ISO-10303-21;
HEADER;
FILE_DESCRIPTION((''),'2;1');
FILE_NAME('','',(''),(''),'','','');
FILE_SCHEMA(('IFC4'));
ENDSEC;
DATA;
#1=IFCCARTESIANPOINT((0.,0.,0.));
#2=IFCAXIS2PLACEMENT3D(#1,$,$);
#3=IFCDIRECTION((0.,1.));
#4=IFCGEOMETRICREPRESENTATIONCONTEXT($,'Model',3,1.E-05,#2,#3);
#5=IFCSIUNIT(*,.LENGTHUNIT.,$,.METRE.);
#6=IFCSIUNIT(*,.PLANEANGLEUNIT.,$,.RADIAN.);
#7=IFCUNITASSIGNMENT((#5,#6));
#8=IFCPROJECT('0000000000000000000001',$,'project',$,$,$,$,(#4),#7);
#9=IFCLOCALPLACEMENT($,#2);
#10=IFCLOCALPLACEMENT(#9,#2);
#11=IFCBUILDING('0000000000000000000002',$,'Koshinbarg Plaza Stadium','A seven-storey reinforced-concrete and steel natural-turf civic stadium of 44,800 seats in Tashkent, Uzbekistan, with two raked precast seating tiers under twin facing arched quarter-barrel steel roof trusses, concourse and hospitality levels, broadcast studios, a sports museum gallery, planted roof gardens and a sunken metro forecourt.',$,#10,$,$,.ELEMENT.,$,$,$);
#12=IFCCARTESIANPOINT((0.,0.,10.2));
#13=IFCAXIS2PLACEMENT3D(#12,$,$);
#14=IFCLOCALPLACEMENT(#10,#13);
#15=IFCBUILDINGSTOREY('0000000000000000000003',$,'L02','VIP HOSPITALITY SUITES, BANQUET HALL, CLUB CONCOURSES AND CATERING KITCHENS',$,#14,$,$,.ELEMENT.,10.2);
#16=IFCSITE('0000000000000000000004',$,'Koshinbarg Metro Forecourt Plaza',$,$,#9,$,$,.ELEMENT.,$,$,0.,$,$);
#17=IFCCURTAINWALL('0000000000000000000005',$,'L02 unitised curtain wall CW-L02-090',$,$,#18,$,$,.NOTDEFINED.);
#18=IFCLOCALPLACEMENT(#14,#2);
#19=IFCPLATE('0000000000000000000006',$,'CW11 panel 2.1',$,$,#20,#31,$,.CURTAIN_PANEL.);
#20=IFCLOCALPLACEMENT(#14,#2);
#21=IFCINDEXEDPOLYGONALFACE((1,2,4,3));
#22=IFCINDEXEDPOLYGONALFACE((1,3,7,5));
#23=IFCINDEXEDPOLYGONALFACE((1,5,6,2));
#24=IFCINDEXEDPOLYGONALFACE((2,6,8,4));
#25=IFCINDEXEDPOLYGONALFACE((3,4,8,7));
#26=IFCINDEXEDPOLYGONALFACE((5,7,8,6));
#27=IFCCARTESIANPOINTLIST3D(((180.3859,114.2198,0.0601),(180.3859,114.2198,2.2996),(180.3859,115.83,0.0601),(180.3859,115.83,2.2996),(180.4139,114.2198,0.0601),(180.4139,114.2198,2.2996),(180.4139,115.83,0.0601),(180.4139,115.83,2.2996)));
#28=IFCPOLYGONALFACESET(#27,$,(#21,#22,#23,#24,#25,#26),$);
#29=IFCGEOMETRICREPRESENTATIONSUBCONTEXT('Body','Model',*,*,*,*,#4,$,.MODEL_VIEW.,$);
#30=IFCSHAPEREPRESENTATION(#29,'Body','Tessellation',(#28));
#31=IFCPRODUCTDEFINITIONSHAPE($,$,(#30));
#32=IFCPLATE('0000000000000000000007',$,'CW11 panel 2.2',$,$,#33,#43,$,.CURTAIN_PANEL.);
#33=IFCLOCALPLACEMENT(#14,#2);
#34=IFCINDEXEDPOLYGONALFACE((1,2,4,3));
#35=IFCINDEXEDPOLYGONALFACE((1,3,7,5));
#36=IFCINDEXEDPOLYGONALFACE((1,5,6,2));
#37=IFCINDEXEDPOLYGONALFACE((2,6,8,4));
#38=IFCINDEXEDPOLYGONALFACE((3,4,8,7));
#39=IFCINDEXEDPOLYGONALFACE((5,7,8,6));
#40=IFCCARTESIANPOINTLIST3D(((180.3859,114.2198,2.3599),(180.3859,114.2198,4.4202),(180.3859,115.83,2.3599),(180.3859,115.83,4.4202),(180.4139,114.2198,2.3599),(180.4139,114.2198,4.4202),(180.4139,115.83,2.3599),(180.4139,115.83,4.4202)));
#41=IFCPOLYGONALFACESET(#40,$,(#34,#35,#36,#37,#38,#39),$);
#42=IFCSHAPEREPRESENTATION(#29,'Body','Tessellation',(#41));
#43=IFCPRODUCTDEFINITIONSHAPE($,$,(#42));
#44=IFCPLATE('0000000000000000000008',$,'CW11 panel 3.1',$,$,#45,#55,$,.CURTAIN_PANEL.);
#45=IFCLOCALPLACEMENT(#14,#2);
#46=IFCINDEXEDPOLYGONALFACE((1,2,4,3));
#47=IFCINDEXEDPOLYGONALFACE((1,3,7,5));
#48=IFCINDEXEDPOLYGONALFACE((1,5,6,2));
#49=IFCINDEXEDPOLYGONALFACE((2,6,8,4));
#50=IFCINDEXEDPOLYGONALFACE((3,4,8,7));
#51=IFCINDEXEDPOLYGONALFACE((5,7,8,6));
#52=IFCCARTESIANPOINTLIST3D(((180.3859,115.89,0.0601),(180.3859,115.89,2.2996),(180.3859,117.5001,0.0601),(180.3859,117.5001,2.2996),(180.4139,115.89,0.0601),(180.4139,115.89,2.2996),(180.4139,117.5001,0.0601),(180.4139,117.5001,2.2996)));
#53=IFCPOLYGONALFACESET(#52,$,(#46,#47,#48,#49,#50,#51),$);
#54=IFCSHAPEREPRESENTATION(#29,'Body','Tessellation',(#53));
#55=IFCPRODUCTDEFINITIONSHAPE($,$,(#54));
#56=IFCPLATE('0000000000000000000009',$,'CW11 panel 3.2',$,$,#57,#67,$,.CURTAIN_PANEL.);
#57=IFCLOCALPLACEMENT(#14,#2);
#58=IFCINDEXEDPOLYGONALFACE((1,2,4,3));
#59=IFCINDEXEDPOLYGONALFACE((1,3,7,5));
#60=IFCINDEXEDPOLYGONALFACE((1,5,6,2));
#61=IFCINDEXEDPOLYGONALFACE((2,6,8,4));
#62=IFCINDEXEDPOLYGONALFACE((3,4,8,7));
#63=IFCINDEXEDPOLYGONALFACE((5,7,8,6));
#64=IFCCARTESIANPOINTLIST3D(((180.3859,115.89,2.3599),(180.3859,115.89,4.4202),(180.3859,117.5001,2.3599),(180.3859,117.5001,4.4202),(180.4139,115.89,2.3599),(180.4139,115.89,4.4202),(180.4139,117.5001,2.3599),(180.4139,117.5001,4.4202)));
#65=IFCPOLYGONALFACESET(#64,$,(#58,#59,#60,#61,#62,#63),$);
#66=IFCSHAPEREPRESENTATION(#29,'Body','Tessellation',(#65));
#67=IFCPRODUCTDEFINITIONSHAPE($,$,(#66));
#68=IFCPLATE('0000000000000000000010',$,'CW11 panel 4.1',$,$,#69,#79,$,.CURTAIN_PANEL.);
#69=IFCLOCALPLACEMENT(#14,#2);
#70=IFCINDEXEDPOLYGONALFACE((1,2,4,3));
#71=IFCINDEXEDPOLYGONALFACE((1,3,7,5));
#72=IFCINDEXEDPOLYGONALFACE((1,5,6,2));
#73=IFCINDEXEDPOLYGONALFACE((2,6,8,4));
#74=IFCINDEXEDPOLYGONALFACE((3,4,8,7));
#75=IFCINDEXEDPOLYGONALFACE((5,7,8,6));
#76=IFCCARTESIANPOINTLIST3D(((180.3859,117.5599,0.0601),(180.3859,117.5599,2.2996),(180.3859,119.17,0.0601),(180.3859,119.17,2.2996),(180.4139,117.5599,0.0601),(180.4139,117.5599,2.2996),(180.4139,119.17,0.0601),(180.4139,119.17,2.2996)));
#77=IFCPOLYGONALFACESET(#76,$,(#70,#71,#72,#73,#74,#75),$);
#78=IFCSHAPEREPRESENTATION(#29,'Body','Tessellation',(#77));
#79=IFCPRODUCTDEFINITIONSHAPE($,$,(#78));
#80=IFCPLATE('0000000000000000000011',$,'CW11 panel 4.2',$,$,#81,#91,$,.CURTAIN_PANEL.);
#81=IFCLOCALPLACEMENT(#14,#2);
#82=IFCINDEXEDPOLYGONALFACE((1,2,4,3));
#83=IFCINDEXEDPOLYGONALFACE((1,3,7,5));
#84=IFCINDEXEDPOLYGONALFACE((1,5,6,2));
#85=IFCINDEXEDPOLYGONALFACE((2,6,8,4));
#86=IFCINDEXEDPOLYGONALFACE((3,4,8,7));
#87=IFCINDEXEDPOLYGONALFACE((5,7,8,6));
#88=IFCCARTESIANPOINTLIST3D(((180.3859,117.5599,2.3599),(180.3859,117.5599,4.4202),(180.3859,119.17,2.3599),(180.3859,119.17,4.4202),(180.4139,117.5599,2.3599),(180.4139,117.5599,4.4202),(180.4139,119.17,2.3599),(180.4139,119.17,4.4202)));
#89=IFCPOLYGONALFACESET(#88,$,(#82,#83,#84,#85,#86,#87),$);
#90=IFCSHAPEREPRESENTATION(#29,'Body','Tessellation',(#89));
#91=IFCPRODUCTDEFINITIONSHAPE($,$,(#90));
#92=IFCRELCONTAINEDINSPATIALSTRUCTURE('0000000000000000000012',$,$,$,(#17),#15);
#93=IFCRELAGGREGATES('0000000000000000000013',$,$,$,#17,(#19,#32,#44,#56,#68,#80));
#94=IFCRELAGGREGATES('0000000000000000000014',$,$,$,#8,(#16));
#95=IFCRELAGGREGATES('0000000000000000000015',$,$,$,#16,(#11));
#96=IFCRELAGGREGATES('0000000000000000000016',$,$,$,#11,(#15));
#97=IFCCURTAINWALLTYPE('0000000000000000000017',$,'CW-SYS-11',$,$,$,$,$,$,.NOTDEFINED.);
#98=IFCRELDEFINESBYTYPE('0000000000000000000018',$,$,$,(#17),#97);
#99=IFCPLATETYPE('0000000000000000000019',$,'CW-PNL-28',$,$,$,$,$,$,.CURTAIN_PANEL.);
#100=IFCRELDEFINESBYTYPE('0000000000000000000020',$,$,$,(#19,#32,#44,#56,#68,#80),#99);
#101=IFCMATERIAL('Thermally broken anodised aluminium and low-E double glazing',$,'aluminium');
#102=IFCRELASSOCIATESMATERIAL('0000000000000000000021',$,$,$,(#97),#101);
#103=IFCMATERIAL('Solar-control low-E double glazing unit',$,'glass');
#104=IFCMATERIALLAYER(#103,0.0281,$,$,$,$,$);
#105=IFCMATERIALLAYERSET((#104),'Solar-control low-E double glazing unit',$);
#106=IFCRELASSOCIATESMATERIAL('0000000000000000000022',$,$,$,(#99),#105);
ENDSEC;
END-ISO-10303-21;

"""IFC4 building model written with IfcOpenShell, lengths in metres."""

from ifc_helpers import new_model, si_unit, direction, frame, origin, origin_2d, place, context, subcontext, project, spatial, rectangle, extrude, material, layer, layer_set, type_object, element, aggregate, save


model = new_model("IFC4")

# Units and contexts
model_context = context("Model", 3, precision=1e-05, world=origin(), true_north=direction((0.0, 1.0)))
body_context = subcontext(model_context, "Body", "Model", "MODEL_VIEW")
ifc_project = project(units=[si_unit("LENGTHUNIT", "METRE"), si_unit("PLANEANGLEUNIT", "RADIAN")], contexts=[model_context])

# Site, building, storey
site_placement = place(None, origin())
site = spatial("IfcSite", under=ifc_project, at=site_placement, Name="Koshinbarg Metro Forecourt Plaza", CompositionType="ELEMENT", RefElevation=0.0)
building_placement = place(site_placement, origin())
building = spatial("IfcBuilding", under=site, at=building_placement, Name="Koshinbarg Plaza Stadium", Description="A seven-storey reinforced-concrete and steel natural-turf civic stadium of 44,800 seats in Tashkent, Uzbekistan, with two raked precast seating tiers under twin facing arched quarter-barrel steel roof trusses, concourse and hospitality levels, broadcast studios, a sports museum gallery, planted roof gardens and a sunken metro forecourt.", CompositionType="ELEMENT")
storey_placement = place(building_placement, frame((0.0, 0.0, 10.2)))
storey = spatial("IfcBuildingStorey", under=building, at=storey_placement, Name="L02", Description="VIP HOSPITALITY SUITES, BANQUET HALL, CLUB CONCOURSES AND CATERING KITCHENS", CompositionType="ELEMENT", Elevation=10.2)

# Curtain wall
ifc_material_1 = material(Name="Thermally broken anodised aluminium and low-E double glazing", Category="aluminium")
curtain_wall_type = type_object("IfcCurtainWallType", Name="CW-SYS-11", PredefinedType="NOTDEFINED", material=ifc_material_1)
curtain_wall_placement = place(storey_placement, origin())
curtain_wall = element("IfcCurtainWall", 1, at=curtain_wall_placement, inside=storey, type_object=curtain_wall_type, Name="L02 unitised curtain wall CW-L02-090", PredefinedType="NOTDEFINED")

# Plates
ifc_material_2 = material(Name="Solar-control low-E double glazing unit", Category="glass")
ifc_layer = layer(ifc_material_2, 0.0281)
ifc_layer_set = layer_set([ifc_layer], Name="Solar-control low-E double glazing unit")
plate_type = type_object("IfcPlateType", Name="CW-PNL-28", PredefinedType="CURTAIN_PANEL", material=ifc_layer_set)
plate_1_placement = place(storey_placement, frame((180.3999, 115.0249, 0.0601), z_axis=(0.0, 0.0, 1.0), x_axis=(0.0, 1.0, 0.0)))
plate_1 = element("IfcPlate", 2, at=plate_1_placement, type_object=plate_type, Name="CW11 panel 2.1", PredefinedType="CURTAIN_PANEL", context=body_context, shape_type="SweptSolid", body=[
    extrude(rectangle(XDim=1.6101, YDim=0.0281, at=origin_2d()), origin(), (0.0, 0.0, 1.0), 2.2395),
])
plate_2_placement = place(storey_placement, frame((180.3999, 115.0249, 2.3599), z_axis=(0.0, 0.0, 1.0), x_axis=(0.0, 1.0, 0.0)))
plate_2 = element("IfcPlate", 3, at=plate_2_placement, type_object=plate_type, Name="CW11 panel 2.2", PredefinedType="CURTAIN_PANEL", context=body_context, shape_type="SweptSolid", body=[
    extrude(rectangle(XDim=1.6101, YDim=0.0281, at=origin_2d()), origin(), (0.0, 0.0, 1.0), 2.0603),
])
plate_3_placement = place(storey_placement, frame((180.3999, 116.6951, 0.0601), z_axis=(0.0, 0.0, 1.0), x_axis=(0.0, 1.0, 0.0)))
plate_3 = element("IfcPlate", 4, at=plate_3_placement, type_object=plate_type, Name="CW11 panel 3.1", PredefinedType="CURTAIN_PANEL", context=body_context, shape_type="SweptSolid", body=[
    extrude(rectangle(XDim=1.6101, YDim=0.0281, at=origin_2d()), origin(), (0.0, 0.0, 1.0), 2.2395),
])
plate_4_placement = place(storey_placement, frame((180.3999, 116.6951, 2.3599), z_axis=(0.0, 0.0, 1.0), x_axis=(0.0, 1.0, 0.0)))
plate_4 = element("IfcPlate", 5, at=plate_4_placement, type_object=plate_type, Name="CW11 panel 3.2", PredefinedType="CURTAIN_PANEL", context=body_context, shape_type="SweptSolid", body=[
    extrude(rectangle(XDim=1.6101, YDim=0.0281, at=origin_2d()), origin(), (0.0, 0.0, 1.0), 2.0603),
])
plate_5_placement = place(storey_placement, frame((180.3999, 118.365, 0.0601), z_axis=(0.0, 0.0, 1.0), x_axis=(0.0, 1.0, 0.0)))
plate_5 = element("IfcPlate", 6, at=plate_5_placement, type_object=plate_type, Name="CW11 panel 4.1", PredefinedType="CURTAIN_PANEL", context=body_context, shape_type="SweptSolid", body=[
    extrude(rectangle(XDim=1.6101, YDim=0.0281, at=origin_2d()), origin(), (0.0, 0.0, 1.0), 2.2395),
])
plate_6_placement = place(storey_placement, frame((180.3999, 118.365, 2.3599), z_axis=(0.0, 0.0, 1.0), x_axis=(0.0, 1.0, 0.0)))
plate_6 = element("IfcPlate", 7, at=plate_6_placement, type_object=plate_type, Name="CW11 panel 4.2", PredefinedType="CURTAIN_PANEL", context=body_context, shape_type="SweptSolid", body=[
    extrude(rectangle(XDim=1.6101, YDim=0.0281, at=origin_2d()), origin(), (0.0, 0.0, 1.0), 2.0603),
])
aggregate(curtain_wall, [plate_1, plate_2, plate_3, plate_4, plate_5, plate_6])

save(model, "model.ifc")
